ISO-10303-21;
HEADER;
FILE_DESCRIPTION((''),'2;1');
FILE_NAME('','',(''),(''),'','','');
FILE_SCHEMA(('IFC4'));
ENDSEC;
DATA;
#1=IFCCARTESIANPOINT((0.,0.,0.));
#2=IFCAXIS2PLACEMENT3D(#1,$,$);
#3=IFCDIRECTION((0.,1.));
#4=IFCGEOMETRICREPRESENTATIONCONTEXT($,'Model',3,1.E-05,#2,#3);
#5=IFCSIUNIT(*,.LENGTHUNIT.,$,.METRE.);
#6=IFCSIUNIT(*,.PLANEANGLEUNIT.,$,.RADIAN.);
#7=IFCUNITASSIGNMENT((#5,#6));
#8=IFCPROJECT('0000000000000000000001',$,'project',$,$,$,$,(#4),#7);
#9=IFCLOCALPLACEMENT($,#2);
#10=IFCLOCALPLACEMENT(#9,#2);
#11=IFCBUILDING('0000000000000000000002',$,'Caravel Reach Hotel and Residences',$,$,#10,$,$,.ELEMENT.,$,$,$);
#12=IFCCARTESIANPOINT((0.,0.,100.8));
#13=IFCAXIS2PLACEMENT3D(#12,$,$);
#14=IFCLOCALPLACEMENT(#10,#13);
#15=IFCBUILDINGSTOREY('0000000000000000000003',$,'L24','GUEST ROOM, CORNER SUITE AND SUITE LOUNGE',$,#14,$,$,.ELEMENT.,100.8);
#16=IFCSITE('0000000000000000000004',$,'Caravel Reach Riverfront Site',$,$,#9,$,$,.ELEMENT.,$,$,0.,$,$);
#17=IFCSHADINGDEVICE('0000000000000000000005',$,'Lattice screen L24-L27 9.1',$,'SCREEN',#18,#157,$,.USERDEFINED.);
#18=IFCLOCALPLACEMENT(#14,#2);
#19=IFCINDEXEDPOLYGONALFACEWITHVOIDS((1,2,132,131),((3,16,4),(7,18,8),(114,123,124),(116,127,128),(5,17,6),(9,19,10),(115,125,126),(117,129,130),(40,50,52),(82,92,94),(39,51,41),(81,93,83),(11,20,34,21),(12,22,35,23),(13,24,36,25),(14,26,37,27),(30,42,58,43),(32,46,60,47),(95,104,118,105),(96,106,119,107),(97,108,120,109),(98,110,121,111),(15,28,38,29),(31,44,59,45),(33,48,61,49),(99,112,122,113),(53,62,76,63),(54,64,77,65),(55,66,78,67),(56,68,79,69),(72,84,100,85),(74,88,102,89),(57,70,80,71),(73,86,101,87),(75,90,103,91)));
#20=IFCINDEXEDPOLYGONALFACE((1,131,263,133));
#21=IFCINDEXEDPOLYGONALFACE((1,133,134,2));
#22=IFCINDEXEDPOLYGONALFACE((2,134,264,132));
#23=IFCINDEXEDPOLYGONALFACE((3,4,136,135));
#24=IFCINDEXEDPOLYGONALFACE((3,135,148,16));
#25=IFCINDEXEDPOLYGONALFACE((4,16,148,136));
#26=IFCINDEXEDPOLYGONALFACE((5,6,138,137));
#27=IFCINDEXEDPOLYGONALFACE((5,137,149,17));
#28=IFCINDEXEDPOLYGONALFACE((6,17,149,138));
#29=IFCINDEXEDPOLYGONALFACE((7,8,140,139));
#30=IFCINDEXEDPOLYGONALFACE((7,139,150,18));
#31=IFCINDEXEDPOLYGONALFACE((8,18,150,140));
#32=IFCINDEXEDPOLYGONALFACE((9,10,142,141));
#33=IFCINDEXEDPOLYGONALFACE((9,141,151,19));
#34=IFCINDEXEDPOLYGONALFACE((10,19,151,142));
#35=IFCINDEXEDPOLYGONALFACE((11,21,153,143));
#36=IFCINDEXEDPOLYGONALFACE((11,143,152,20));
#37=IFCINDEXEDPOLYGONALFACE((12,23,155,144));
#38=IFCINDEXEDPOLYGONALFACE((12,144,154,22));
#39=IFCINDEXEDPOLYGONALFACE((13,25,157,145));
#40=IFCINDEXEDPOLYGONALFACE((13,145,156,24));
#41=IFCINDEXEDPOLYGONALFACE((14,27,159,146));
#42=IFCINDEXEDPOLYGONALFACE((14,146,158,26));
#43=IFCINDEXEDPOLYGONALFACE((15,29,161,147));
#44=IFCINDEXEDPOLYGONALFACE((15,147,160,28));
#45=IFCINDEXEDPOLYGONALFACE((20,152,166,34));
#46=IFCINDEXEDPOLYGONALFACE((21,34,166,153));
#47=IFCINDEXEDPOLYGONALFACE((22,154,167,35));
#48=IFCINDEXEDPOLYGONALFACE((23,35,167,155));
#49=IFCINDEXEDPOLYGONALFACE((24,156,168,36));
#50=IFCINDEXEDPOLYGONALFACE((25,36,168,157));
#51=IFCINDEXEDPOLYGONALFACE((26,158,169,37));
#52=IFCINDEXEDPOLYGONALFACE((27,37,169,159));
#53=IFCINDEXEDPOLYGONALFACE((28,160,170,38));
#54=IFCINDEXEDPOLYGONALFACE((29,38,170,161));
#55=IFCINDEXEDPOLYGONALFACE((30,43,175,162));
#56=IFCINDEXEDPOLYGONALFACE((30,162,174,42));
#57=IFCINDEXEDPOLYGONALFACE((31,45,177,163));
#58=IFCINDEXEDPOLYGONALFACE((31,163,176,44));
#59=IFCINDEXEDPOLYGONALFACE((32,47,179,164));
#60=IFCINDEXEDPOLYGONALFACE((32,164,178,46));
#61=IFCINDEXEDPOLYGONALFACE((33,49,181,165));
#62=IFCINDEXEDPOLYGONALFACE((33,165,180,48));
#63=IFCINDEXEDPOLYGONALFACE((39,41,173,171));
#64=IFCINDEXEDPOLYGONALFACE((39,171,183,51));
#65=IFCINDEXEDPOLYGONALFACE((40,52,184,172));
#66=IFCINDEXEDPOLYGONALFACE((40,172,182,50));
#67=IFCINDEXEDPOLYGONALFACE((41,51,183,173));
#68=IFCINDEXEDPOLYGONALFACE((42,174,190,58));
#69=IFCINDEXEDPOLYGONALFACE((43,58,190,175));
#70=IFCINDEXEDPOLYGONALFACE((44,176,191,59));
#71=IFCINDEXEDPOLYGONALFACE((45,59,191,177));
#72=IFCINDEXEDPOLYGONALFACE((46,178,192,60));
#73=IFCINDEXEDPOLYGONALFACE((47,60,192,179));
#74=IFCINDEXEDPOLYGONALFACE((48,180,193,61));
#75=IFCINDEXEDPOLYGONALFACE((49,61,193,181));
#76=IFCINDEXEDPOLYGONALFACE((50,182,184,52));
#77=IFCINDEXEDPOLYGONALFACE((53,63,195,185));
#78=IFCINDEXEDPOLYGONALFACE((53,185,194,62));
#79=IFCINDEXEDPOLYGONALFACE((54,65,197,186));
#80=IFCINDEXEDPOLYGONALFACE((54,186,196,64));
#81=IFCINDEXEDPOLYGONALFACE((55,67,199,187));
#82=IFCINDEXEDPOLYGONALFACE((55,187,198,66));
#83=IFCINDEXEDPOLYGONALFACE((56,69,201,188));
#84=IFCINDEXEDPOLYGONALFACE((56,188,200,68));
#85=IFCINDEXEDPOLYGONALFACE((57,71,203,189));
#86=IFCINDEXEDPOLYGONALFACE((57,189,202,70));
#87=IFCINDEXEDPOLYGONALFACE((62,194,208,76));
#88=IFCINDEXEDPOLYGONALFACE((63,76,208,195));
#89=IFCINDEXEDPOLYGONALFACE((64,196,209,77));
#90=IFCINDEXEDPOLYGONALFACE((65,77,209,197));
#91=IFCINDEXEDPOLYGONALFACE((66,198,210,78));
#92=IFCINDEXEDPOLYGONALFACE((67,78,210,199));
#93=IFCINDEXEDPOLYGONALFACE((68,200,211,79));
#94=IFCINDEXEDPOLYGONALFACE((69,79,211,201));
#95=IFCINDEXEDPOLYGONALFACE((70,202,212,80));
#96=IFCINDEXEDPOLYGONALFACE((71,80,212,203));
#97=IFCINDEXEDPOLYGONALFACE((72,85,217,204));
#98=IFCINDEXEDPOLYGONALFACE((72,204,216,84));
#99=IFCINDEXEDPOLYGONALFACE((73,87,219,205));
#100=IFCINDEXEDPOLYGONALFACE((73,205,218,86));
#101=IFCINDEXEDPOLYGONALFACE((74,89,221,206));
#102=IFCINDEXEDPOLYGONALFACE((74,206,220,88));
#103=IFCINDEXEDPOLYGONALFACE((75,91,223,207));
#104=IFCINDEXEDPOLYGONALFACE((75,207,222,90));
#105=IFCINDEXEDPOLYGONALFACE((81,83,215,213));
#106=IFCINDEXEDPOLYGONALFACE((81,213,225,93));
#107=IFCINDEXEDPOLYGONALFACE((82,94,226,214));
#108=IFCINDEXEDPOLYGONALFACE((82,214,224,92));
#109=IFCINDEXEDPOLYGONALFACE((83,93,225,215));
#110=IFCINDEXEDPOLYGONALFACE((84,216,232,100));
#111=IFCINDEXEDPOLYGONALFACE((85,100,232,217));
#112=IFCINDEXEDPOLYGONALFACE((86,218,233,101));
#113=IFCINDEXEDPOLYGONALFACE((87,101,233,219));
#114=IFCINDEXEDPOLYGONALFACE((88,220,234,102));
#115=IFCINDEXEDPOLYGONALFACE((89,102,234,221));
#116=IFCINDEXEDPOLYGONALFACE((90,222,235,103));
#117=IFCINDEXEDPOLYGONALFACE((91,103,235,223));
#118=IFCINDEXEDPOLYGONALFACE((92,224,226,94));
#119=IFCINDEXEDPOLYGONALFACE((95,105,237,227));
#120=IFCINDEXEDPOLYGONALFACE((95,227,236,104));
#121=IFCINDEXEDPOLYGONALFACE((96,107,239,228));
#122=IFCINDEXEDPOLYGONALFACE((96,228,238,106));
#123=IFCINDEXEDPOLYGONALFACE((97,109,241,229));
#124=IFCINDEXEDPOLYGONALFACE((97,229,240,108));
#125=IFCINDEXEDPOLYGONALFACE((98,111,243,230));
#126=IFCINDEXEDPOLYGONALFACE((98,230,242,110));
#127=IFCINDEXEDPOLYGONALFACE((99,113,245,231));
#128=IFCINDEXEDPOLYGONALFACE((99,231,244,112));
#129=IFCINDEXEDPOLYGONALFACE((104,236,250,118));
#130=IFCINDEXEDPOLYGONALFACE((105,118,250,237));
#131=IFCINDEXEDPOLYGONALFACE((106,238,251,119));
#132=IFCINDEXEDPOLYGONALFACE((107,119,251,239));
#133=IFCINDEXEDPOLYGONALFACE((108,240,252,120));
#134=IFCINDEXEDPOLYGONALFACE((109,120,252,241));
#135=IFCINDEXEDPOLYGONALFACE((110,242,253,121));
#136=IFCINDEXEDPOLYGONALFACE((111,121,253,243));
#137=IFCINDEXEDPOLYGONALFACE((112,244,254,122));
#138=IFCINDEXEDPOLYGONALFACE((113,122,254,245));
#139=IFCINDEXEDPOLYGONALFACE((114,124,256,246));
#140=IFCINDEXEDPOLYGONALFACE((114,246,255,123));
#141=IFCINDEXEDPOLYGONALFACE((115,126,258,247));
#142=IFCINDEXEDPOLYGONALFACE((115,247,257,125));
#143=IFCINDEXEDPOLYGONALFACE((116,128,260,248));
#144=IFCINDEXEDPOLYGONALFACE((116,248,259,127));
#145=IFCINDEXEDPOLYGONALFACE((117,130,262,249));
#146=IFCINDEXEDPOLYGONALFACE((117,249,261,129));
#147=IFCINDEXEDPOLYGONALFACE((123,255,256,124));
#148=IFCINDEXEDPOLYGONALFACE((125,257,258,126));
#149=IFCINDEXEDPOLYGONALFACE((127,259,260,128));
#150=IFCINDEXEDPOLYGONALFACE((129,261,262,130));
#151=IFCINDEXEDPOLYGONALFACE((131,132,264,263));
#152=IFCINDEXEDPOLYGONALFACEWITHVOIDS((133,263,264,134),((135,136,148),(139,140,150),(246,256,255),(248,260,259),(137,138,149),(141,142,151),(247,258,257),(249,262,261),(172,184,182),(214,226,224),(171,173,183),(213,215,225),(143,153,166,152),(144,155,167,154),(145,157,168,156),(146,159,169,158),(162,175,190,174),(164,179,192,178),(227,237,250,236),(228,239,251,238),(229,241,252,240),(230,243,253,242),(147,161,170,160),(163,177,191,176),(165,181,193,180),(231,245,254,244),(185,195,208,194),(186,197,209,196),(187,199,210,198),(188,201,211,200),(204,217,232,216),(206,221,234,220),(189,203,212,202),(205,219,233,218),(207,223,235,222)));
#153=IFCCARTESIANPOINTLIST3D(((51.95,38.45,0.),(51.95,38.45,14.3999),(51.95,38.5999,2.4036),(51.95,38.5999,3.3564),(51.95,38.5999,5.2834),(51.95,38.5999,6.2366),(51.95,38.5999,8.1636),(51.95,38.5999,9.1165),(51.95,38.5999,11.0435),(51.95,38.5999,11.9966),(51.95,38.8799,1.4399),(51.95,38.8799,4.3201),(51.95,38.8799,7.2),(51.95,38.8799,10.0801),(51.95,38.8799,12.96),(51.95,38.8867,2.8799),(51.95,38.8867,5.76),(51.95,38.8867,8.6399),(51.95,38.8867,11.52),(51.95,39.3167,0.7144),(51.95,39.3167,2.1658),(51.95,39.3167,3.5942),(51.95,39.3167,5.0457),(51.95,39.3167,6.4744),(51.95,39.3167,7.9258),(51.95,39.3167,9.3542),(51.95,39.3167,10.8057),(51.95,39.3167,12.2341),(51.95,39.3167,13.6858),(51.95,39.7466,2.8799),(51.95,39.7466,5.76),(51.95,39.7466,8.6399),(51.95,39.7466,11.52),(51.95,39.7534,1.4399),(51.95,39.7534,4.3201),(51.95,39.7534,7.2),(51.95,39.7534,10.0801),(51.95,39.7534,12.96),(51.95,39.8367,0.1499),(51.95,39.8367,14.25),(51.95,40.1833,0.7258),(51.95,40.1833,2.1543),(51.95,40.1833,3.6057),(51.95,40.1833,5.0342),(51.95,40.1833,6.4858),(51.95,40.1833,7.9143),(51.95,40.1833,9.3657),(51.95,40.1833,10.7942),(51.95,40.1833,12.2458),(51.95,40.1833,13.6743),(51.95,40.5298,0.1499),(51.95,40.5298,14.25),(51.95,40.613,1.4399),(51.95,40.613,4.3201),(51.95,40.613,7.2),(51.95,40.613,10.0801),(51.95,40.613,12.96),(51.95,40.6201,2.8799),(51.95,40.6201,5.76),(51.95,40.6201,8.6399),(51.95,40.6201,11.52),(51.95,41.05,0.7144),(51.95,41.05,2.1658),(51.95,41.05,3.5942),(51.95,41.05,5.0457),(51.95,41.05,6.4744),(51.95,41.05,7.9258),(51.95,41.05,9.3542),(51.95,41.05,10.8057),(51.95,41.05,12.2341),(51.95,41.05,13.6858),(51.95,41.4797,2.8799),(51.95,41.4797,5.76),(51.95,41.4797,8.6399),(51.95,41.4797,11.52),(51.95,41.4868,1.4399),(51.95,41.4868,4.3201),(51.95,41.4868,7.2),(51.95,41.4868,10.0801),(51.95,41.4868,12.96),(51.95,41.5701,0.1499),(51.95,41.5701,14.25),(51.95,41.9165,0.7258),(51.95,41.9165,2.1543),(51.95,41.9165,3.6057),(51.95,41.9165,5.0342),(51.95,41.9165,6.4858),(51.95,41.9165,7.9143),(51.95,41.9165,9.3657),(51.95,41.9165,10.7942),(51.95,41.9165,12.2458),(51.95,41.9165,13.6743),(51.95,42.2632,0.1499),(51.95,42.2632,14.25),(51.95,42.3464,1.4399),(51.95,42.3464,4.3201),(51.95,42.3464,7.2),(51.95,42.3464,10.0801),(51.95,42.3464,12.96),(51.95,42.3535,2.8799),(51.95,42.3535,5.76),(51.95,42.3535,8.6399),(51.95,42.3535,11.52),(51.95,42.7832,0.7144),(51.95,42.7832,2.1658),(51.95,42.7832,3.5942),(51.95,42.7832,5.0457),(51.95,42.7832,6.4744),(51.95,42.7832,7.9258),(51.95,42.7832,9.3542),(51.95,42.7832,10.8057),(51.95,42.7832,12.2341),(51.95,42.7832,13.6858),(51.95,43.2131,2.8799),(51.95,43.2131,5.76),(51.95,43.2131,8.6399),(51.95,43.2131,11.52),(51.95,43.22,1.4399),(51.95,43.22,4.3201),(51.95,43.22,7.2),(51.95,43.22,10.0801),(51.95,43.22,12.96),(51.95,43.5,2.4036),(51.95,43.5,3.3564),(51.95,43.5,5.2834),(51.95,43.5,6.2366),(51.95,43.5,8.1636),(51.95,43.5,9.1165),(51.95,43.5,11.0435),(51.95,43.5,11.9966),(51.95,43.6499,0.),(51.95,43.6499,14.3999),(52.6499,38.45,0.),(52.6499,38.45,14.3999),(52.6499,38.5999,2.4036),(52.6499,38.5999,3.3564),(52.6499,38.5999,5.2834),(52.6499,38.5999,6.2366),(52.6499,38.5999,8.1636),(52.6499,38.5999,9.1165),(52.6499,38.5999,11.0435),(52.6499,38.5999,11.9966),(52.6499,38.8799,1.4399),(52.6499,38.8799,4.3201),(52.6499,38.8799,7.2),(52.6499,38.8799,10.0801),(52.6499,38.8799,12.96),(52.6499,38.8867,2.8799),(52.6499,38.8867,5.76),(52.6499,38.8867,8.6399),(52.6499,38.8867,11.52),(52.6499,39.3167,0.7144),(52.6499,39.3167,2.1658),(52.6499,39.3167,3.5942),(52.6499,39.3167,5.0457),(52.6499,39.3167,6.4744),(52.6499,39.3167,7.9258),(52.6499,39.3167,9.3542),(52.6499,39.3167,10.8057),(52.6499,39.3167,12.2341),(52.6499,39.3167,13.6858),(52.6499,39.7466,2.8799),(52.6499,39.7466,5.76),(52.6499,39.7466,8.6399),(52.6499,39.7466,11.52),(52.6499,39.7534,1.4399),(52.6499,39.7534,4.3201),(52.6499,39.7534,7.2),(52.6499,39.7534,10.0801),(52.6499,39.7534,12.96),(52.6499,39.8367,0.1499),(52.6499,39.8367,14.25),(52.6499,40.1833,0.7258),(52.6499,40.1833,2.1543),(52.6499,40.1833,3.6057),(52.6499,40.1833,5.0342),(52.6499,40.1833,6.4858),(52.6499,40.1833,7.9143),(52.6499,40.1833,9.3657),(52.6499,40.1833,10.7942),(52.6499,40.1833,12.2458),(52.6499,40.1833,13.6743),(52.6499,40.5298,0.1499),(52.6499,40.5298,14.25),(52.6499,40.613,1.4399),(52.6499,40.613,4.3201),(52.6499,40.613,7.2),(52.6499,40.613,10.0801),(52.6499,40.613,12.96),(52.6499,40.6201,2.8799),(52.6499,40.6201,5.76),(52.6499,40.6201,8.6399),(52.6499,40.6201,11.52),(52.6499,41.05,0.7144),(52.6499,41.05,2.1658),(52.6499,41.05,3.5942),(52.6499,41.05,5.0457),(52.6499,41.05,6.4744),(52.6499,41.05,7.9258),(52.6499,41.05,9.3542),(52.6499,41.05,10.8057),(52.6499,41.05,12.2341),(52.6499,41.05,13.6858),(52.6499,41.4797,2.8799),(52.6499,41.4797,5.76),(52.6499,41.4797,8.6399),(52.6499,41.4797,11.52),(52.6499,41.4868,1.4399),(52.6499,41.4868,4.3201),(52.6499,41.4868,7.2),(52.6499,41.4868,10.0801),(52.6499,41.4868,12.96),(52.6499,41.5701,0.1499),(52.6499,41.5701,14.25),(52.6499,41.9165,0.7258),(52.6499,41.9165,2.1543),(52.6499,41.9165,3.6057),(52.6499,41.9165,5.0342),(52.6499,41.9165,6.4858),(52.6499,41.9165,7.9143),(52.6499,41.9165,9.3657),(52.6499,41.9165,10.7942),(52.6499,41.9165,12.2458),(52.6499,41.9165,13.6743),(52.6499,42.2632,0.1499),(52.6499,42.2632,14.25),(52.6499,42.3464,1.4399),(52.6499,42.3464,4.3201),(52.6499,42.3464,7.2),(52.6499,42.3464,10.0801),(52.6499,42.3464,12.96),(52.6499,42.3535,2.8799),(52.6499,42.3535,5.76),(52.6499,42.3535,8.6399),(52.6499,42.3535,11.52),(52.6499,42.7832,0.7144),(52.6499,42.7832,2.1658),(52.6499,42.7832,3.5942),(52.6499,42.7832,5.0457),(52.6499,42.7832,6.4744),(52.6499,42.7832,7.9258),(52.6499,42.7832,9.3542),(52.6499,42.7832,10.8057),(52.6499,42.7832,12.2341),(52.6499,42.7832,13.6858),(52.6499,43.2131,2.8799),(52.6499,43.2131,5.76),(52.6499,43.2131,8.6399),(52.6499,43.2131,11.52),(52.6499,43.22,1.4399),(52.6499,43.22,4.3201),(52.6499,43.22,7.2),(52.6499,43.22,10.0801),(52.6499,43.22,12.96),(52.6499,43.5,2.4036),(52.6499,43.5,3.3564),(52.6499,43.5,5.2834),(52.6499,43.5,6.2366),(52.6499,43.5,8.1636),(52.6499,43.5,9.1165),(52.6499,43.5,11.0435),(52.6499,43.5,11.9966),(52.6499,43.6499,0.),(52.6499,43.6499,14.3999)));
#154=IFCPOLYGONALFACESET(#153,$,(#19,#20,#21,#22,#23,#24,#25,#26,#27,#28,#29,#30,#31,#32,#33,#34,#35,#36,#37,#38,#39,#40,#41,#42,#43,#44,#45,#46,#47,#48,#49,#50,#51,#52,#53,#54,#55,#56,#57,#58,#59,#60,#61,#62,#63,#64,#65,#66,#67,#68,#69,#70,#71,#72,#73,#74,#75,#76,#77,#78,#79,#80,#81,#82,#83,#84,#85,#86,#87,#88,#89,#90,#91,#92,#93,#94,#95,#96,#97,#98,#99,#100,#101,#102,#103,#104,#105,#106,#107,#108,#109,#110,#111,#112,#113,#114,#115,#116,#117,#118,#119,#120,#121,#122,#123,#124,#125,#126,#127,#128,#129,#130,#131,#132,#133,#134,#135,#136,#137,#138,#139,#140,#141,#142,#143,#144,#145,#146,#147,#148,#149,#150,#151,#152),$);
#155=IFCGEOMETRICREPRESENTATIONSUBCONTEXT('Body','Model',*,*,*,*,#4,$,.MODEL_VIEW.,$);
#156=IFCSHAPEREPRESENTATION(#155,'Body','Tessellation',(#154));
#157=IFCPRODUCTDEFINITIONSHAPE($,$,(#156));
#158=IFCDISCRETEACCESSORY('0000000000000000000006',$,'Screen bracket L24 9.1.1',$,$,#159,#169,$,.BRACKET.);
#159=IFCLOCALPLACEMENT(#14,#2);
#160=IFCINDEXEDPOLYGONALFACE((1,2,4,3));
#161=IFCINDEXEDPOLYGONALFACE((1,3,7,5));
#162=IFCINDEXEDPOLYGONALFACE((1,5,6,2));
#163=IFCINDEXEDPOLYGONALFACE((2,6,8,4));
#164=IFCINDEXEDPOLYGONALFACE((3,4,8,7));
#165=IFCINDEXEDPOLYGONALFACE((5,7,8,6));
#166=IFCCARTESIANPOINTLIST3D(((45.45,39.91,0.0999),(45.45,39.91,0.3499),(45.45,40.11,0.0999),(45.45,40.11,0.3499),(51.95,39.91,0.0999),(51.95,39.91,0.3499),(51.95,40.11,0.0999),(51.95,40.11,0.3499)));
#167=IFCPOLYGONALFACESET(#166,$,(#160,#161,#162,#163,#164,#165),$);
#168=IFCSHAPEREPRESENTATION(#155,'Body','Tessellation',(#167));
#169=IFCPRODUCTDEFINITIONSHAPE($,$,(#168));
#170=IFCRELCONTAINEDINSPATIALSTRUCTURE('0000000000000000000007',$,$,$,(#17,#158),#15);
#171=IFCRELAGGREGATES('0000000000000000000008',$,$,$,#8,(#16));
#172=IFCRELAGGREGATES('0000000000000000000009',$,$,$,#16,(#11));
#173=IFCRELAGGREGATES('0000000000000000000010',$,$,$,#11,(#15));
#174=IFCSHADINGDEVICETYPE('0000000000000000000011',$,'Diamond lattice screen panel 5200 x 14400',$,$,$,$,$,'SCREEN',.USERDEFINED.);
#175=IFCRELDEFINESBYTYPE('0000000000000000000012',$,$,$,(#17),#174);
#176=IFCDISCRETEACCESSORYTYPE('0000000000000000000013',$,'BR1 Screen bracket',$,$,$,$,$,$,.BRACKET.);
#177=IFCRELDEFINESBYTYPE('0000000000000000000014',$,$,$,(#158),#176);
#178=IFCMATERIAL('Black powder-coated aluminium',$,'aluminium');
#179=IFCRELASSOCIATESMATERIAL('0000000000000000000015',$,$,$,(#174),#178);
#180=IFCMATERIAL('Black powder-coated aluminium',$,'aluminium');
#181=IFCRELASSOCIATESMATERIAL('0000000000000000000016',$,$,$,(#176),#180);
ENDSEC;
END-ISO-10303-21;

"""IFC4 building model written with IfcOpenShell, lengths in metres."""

from ifc_helpers import new_model, si_unit, direction, frame, origin, origin_2d, place, context, subcontext, project, spatial, polyline, rectangle, outline, extrude, material, type_object, element, save


model = new_model("IFC4")

# Units and contexts
model_context = context("Model", 3, precision=1e-05, world=origin(), true_north=direction((0.0, 1.0)))
body_context = subcontext(model_context, "Body", "Model", "MODEL_VIEW")
ifc_project = project(units=[si_unit("LENGTHUNIT", "METRE"), si_unit("PLANEANGLEUNIT", "RADIAN")], contexts=[model_context])

# Site, building, storey
site_placement = place(None, origin())
site = spatial("IfcSite", under=ifc_project, at=site_placement, Name="Caravel Reach Riverfront Site", CompositionType="ELEMENT", RefElevation=0.0)
building_placement = place(site_placement, origin())
building = spatial("IfcBuilding", under=site, at=building_placement, Name="Caravel Reach Hotel and Residences", CompositionType="ELEMENT")
storey_placement = place(building_placement, frame((0.0, 0.0, 100.8)))
storey = spatial("IfcBuildingStorey", under=building, at=storey_placement, Name="L24", Description="GUEST ROOM, CORNER SUITE AND SUITE LOUNGE", CompositionType="ELEMENT", Elevation=100.8)

# Shading device
ifc_material_1 = material(Name="Black powder-coated aluminium", Category="aluminium")
shading_device_type_1 = type_object("IfcShadingDeviceType", Name="Diamond lattice screen panel 5200 x 14400", ElementType="SCREEN", PredefinedType="USERDEFINED", material=ifc_material_1)
shading_device_placement = place(storey_placement, frame((51.95, 38.45, 0.0), z_axis=(1.0, 0.0, 0.0), x_axis=(0.0, 1.0, 0.0)))
element("IfcShadingDevice", 1, at=shading_device_placement, inside=storey, type_object=shading_device_type_1, Name="Lattice screen L24-L27 9.1", ObjectType="SCREEN", PredefinedType="USERDEFINED", context=body_context, shape_type="SweptSolid", body=[
    extrude(outline(polyline([(0.0, 0.0), (5.2, 0.0), (5.2, 14.3999), (0.0, 14.3999), (0.0, 0.0)]), holes=[polyline([(0.4368, 2.8799), (0.1499, 3.3564), (0.1499, 2.4036), (0.4368, 2.8799)]), polyline([(0.4368, 5.76), (0.1499, 6.2366), (0.1499, 5.2834), (0.4368, 5.76)]), polyline([(0.4368, 8.6399), (0.1499, 9.1165), (0.1499, 8.1636), (0.4368, 8.6399)]), polyline([(0.4368, 11.52), (0.1499, 11.9966), (0.1499, 11.0435), (0.4368, 11.52)]), polyline([(0.8667, 2.1658), (0.4299, 1.4399), (0.8667, 0.7144), (1.3035, 1.4399), (0.8667, 2.1658)]), polyline([(0.8667, 5.0457), (0.4299, 4.3201), (0.8667, 3.5942), (1.3035, 4.3201), (0.8667, 5.0457)]), polyline([(0.8667, 7.9258), (0.4299, 7.2), (0.8667, 6.4744), (1.3035, 7.2), (0.8667, 7.9258)]), polyline([(0.8667, 10.8057), (0.4299, 10.0801), (0.8667, 9.3542), (1.3035, 10.0801), (0.8667, 10.8057)]), polyline([(0.8667, 13.6858), (0.4299, 12.96), (0.8667, 12.2341), (1.3035, 12.96), (0.8667, 13.6858)]), polyline([(1.7334, 0.7258), (1.3867, 0.1499), (2.0798, 0.1499), (1.7334, 0.7258)]), polyline([(1.7334, 3.6057), (1.2966, 2.8799), (1.7334, 2.1543), (2.1702, 2.8799), (1.7334, 3.6057)]), polyline([(1.7334, 6.4858), (1.2966, 5.76), (1.7334, 5.0342), (2.1702, 5.76), (1.7334, 6.4858)]), polyline([(1.7334, 9.3657), (1.2966, 8.6399), (1.7334, 7.9143), (2.1702, 8.6399), (1.7334, 9.3657)]), polyline([(1.7334, 12.2458), (1.2966, 11.52), (1.7334, 10.7942), (2.1702, 11.52), (1.7334, 12.2458)]), polyline([(1.7334, 13.6743), (2.0798, 14.25), (1.3867, 14.25), (1.7334, 13.6743)]), polyline([(2.6001, 2.1658), (2.1631, 1.4399), (2.6001, 0.7144), (3.0369, 1.4399), (2.6001, 2.1658)]), polyline([(2.6001, 5.0457), (2.1631, 4.3201), (2.6001, 3.5942), (3.0369, 4.3201), (2.6001, 5.0457)]), polyline([(2.6001, 7.9258), (2.1631, 7.2), (2.6001, 6.4744), (3.0369, 7.2), (2.6001, 7.9258)]), polyline([(2.6001, 10.8057), (2.1631, 10.0801), (2.6001, 9.3542), (3.0369, 10.0801), (2.6001, 10.8057)]), polyline([(2.6001, 13.6858), (2.1631, 12.96), (2.6001, 12.2341), (3.0369, 12.96), (2.6001, 13.6858)]), polyline([(3.4666, 0.7258), (3.1201, 0.1499), (3.8132, 0.1499), (3.4666, 0.7258)]), polyline([(3.4666, 3.6057), (3.0298, 2.8799), (3.4666, 2.1543), (3.9036, 2.8799), (3.4666, 3.6057)]), polyline([(3.4666, 6.4858), (3.0298, 5.76), (3.4666, 5.0342), (3.9036, 5.76), (3.4666, 6.4858)]), polyline([(3.4666, 9.3657), (3.0298, 8.6399), (3.4666, 7.9143), (3.9036, 8.6399), (3.4666, 9.3657)]), polyline([(3.4666, 12.2458), (3.0298, 11.52), (3.4666, 10.7942), (3.9036, 11.52), (3.4666, 12.2458)]), polyline([(3.4666, 13.6743), (3.8132, 14.25), (3.1201, 14.25), (3.4666, 13.6743)]), polyline([(4.3333, 2.1658), (3.8965, 1.4399), (4.3333, 0.7144), (4.77, 1.4399), (4.3333, 2.1658)]), polyline([(4.3333, 5.0457), (3.8965, 4.3201), (4.3333, 3.5942), (4.77, 4.3201), (4.3333, 5.0457)]), polyline([(4.3333, 7.9258), (3.8965, 7.2), (4.3333, 6.4744), (4.77, 7.2), (4.3333, 7.9258)]), polyline([(4.3333, 10.8057), (3.8965, 10.0801), (4.3333, 9.3542), (4.77, 10.0801), (4.3333, 10.8057)]), polyline([(4.3333, 13.6858), (3.8965, 12.96), (4.3333, 12.2341), (4.77, 12.96), (4.3333, 13.6858)]), polyline([(4.7632, 2.8799), (5.05, 2.4036), (5.05, 3.3564), (4.7632, 2.8799)]), polyline([(4.7632, 5.76), (5.05, 5.2834), (5.05, 6.2366), (4.7632, 5.76)]), polyline([(4.7632, 8.6399), (5.05, 8.1636), (5.05, 9.1165), (4.7632, 8.6399)]), polyline([(4.7632, 11.52), (5.05, 11.0435), (5.05, 11.9966), (4.7632, 11.52)])]), origin(), (0.0, 0.0, 1.0), 0.7),
])

# Discrete accessory
ifc_material_2 = material(Name="Black powder-coated aluminium", Category="aluminium")
discrete_accessory_type = type_object("IfcDiscreteAccessoryType", Name="BR1 Screen bracket", PredefinedType="BRACKET", material=ifc_material_2)
for number, where, z_axis, x_axis, name in (
    (2, (48.7, 40.01, 0.0999), (0.0, 0.0, 1.0), (1.0, 0.0, 0.0), "Screen bracket L24 9.1.1"),
):
    element("IfcDiscreteAccessory", number, at=place(storey_placement, frame(where, z_axis=z_axis, x_axis=x_axis)), inside=storey, type_object=discrete_accessory_type, Name=name, PredefinedType="BRACKET", context=body_context, shape_type="SweptSolid", body=[
        extrude(rectangle(XDim=6.5, YDim=0.2, at=origin_2d()), origin(), (0.0, 0.0, 1.0), 0.25),
    ])

save(model, "model.ifc")
